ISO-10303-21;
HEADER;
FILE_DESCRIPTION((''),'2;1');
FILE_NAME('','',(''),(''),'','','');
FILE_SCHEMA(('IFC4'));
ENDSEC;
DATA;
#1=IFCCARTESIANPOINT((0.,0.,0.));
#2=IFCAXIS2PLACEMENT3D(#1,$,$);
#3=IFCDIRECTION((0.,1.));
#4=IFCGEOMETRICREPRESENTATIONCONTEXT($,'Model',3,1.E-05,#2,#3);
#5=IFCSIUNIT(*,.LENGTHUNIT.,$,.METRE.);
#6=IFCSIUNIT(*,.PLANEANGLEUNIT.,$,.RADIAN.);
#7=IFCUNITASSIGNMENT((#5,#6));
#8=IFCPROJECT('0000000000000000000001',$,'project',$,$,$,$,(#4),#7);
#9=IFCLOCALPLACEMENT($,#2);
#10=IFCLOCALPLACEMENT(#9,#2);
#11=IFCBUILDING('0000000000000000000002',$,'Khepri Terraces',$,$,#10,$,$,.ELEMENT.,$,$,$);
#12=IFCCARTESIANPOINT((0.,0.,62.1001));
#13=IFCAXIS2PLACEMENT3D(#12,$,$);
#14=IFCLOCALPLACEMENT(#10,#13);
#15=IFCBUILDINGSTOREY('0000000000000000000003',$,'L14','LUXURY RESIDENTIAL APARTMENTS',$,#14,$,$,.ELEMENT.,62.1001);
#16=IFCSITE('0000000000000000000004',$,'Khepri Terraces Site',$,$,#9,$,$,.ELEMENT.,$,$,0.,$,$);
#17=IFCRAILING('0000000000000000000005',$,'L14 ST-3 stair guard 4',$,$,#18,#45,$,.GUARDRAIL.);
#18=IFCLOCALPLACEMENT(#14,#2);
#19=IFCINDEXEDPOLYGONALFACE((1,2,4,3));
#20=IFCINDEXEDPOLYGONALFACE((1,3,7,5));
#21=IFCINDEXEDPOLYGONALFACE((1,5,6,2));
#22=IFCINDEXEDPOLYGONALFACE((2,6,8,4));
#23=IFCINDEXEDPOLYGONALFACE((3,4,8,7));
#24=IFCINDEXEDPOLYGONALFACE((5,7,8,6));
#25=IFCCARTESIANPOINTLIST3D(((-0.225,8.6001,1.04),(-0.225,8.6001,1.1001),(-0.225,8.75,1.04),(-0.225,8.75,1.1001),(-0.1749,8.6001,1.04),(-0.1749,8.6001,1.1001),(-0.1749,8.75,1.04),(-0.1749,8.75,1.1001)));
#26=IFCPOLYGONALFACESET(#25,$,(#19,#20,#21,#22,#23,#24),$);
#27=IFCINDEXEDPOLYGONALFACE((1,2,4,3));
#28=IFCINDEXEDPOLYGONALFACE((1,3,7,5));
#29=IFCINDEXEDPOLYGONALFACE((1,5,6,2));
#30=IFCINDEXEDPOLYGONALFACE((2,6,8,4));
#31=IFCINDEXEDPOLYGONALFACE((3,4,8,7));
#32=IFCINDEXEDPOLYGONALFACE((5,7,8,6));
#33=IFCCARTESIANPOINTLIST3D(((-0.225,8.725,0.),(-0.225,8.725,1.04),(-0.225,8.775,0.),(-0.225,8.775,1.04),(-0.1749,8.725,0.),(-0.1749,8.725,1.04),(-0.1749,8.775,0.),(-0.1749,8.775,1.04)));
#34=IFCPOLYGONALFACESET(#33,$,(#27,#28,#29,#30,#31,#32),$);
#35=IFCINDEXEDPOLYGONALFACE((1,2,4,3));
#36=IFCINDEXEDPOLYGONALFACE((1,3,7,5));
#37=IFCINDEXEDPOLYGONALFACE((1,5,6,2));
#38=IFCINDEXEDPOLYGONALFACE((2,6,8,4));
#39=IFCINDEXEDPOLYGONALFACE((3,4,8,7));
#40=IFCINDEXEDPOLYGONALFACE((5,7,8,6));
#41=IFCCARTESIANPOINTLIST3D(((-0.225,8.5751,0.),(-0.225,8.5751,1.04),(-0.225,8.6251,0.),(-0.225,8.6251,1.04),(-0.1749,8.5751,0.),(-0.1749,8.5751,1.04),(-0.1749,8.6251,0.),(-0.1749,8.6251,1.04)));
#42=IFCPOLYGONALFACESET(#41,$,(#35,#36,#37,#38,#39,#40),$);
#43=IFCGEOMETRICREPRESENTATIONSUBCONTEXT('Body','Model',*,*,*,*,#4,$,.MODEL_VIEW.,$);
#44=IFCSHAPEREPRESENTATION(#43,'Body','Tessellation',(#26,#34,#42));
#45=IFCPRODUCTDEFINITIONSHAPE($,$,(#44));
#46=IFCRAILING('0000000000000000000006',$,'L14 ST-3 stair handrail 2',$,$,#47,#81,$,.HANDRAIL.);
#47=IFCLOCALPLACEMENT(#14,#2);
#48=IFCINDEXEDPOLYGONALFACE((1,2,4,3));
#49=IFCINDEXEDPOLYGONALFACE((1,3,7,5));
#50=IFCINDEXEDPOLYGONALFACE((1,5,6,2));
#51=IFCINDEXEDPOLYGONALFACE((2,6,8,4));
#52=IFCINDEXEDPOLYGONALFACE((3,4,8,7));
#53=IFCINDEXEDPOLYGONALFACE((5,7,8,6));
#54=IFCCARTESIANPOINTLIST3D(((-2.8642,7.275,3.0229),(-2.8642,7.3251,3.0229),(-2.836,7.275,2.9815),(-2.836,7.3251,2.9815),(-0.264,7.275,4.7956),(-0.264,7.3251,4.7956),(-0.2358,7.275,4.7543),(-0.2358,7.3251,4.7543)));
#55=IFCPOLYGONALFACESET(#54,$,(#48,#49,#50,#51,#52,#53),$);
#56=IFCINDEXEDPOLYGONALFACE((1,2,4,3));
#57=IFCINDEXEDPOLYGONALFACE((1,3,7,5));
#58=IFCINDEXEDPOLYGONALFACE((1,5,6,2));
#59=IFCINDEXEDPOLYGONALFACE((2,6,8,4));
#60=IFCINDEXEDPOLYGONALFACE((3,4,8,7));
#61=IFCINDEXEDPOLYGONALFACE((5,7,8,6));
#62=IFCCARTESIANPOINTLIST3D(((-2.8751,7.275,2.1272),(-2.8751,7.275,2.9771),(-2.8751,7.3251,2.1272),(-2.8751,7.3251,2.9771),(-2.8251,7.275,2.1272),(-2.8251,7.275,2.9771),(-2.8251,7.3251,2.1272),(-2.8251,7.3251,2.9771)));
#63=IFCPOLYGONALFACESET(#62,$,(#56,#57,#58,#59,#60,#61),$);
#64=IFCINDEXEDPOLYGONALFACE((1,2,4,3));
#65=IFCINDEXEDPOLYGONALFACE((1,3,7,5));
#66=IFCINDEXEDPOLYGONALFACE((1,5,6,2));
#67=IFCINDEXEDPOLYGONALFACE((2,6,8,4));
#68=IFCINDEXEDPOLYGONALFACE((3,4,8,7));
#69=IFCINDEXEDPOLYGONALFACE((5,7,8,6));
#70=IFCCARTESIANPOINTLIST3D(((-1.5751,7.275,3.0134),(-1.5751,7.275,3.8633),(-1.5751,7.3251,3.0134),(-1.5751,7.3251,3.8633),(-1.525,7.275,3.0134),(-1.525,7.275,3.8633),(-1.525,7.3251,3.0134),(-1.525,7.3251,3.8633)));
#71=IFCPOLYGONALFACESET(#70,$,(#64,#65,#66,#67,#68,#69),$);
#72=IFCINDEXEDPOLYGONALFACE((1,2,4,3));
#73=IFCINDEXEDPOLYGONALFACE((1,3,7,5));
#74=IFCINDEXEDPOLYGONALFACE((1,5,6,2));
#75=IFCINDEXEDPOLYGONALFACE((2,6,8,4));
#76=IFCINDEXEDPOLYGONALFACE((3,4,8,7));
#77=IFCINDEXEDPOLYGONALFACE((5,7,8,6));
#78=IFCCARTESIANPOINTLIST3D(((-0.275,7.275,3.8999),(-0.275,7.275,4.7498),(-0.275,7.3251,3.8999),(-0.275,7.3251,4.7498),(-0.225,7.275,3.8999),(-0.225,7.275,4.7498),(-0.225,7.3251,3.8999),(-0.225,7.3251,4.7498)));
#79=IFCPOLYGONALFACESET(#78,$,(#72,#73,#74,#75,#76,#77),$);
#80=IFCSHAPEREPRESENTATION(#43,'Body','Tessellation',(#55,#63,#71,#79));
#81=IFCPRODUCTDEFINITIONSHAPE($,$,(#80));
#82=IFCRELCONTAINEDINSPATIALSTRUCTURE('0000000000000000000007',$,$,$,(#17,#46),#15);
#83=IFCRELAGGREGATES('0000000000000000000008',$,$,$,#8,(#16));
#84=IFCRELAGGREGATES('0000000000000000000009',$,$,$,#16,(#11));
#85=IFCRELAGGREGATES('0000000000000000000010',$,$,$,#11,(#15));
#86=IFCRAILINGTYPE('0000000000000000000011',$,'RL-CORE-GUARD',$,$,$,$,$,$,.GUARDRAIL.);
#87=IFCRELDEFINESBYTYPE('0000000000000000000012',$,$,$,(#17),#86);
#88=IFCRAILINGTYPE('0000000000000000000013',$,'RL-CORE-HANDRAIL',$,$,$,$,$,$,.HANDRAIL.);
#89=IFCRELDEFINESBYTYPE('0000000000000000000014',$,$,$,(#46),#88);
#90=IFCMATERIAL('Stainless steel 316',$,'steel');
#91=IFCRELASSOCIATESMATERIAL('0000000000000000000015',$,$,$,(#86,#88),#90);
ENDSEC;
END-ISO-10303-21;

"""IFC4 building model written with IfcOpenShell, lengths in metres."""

from ifc_helpers import new_model, si_unit, direction, frame, origin, origin_2d, place, context, subcontext, project, spatial, rectangle, extrude, material, type_object, element, save


model = new_model("IFC4")

# Units and contexts
model_context = context("Model", 3, precision=1e-05, world=origin(), true_north=direction((0.0, 1.0)))
body_context = subcontext(model_context, "Body", "Model", "MODEL_VIEW")
ifc_project = project(units=[si_unit("LENGTHUNIT", "METRE"), si_unit("PLANEANGLEUNIT", "RADIAN")], contexts=[model_context])

# Site, building, storey
site_placement = place(None, origin())
site = spatial("IfcSite", under=ifc_project, at=site_placement, Name="Khepri Terraces Site", CompositionType="ELEMENT", RefElevation=0.0)
building_placement = place(site_placement, origin())
building = spatial("IfcBuilding", under=site, at=building_placement, Name="Khepri Terraces", CompositionType="ELEMENT")
storey_placement = place(building_placement, frame((0.0, 0.0, 62.1001)))
storey = spatial("IfcBuildingStorey", under=building, at=storey_placement, Name="L14", Description="LUXURY RESIDENTIAL APARTMENTS", CompositionType="ELEMENT", Elevation=62.1001)

# Railings
ifc_material_1 = material(Name="Stainless steel 316", Category="steel")
railing_type_1 = type_object("IfcRailingType", Name="RL-CORE-GUARD", PredefinedType="GUARDRAIL", material=ifc_material_1)
railing_1_placement = place(storey_placement, frame((-0.2, 8.75, 0.0)))
element("IfcRailing", 1, at=railing_1_placement, inside=storey, type_object=railing_type_1, Name="L14 ST-3 stair guard 4", PredefinedType="GUARDRAIL", context=body_context, shape_type="SweptSolid", body=[
    extrude(rectangle(XDim=0.05, YDim=0.0601, at=origin_2d()), frame((0.0, 0.0, 1.0701), z_axis=(0.0, -1.0, 0.0), x_axis=(1.0, 0.0, 0.0)), (0.0, 0.0, 1.0), 0.1499),
    extrude(rectangle(XDim=0.05, YDim=0.05, at=origin_2d()), origin(), (0.0, 0.0, 1.0), 1.04),
    extrude(rectangle(XDim=0.05, YDim=0.05, at=origin_2d()), frame((0.0, -0.1499, 0.0)), (0.0, 0.0, 1.0), 1.04),
])
railing_type_2 = type_object("IfcRailingType", Name="RL-CORE-HANDRAIL", PredefinedType="HANDRAIL", material=ifc_material_1)
railing_2_placement = place(storey_placement, frame((-2.8501, 7.3, 2.1272)))
element("IfcRailing", 2, at=railing_2_placement, inside=storey, type_object=railing_type_2, Name="L14 ST-3 stair handrail 2", PredefinedType="HANDRAIL", context=body_context, shape_type="SweptSolid", body=[
    extrude(rectangle(XDim=0.05, YDim=0.05, at=origin_2d()), frame((0.0, 0.0, 0.875), z_axis=(0.82624, 0.0, 0.563318), x_axis=(0.0, 1.0, 0.0)), (0.0, 0.0, 1.0), 3.147),
    extrude(rectangle(XDim=0.05, YDim=0.05, at=origin_2d()), origin(), (0.0, 0.0, 1.0), 0.8499),
    extrude(rectangle(XDim=0.05, YDim=0.05, at=origin_2d()), frame((1.3, 0.0, 0.8862)), (0.0, 0.0, 1.0), 0.8499),
    extrude(rectangle(XDim=0.05, YDim=0.05, at=origin_2d()), frame((2.6001, 0.0, 1.7727)), (0.0, 0.0, 1.0), 0.8499),
])

save(model, "model.ifc")
